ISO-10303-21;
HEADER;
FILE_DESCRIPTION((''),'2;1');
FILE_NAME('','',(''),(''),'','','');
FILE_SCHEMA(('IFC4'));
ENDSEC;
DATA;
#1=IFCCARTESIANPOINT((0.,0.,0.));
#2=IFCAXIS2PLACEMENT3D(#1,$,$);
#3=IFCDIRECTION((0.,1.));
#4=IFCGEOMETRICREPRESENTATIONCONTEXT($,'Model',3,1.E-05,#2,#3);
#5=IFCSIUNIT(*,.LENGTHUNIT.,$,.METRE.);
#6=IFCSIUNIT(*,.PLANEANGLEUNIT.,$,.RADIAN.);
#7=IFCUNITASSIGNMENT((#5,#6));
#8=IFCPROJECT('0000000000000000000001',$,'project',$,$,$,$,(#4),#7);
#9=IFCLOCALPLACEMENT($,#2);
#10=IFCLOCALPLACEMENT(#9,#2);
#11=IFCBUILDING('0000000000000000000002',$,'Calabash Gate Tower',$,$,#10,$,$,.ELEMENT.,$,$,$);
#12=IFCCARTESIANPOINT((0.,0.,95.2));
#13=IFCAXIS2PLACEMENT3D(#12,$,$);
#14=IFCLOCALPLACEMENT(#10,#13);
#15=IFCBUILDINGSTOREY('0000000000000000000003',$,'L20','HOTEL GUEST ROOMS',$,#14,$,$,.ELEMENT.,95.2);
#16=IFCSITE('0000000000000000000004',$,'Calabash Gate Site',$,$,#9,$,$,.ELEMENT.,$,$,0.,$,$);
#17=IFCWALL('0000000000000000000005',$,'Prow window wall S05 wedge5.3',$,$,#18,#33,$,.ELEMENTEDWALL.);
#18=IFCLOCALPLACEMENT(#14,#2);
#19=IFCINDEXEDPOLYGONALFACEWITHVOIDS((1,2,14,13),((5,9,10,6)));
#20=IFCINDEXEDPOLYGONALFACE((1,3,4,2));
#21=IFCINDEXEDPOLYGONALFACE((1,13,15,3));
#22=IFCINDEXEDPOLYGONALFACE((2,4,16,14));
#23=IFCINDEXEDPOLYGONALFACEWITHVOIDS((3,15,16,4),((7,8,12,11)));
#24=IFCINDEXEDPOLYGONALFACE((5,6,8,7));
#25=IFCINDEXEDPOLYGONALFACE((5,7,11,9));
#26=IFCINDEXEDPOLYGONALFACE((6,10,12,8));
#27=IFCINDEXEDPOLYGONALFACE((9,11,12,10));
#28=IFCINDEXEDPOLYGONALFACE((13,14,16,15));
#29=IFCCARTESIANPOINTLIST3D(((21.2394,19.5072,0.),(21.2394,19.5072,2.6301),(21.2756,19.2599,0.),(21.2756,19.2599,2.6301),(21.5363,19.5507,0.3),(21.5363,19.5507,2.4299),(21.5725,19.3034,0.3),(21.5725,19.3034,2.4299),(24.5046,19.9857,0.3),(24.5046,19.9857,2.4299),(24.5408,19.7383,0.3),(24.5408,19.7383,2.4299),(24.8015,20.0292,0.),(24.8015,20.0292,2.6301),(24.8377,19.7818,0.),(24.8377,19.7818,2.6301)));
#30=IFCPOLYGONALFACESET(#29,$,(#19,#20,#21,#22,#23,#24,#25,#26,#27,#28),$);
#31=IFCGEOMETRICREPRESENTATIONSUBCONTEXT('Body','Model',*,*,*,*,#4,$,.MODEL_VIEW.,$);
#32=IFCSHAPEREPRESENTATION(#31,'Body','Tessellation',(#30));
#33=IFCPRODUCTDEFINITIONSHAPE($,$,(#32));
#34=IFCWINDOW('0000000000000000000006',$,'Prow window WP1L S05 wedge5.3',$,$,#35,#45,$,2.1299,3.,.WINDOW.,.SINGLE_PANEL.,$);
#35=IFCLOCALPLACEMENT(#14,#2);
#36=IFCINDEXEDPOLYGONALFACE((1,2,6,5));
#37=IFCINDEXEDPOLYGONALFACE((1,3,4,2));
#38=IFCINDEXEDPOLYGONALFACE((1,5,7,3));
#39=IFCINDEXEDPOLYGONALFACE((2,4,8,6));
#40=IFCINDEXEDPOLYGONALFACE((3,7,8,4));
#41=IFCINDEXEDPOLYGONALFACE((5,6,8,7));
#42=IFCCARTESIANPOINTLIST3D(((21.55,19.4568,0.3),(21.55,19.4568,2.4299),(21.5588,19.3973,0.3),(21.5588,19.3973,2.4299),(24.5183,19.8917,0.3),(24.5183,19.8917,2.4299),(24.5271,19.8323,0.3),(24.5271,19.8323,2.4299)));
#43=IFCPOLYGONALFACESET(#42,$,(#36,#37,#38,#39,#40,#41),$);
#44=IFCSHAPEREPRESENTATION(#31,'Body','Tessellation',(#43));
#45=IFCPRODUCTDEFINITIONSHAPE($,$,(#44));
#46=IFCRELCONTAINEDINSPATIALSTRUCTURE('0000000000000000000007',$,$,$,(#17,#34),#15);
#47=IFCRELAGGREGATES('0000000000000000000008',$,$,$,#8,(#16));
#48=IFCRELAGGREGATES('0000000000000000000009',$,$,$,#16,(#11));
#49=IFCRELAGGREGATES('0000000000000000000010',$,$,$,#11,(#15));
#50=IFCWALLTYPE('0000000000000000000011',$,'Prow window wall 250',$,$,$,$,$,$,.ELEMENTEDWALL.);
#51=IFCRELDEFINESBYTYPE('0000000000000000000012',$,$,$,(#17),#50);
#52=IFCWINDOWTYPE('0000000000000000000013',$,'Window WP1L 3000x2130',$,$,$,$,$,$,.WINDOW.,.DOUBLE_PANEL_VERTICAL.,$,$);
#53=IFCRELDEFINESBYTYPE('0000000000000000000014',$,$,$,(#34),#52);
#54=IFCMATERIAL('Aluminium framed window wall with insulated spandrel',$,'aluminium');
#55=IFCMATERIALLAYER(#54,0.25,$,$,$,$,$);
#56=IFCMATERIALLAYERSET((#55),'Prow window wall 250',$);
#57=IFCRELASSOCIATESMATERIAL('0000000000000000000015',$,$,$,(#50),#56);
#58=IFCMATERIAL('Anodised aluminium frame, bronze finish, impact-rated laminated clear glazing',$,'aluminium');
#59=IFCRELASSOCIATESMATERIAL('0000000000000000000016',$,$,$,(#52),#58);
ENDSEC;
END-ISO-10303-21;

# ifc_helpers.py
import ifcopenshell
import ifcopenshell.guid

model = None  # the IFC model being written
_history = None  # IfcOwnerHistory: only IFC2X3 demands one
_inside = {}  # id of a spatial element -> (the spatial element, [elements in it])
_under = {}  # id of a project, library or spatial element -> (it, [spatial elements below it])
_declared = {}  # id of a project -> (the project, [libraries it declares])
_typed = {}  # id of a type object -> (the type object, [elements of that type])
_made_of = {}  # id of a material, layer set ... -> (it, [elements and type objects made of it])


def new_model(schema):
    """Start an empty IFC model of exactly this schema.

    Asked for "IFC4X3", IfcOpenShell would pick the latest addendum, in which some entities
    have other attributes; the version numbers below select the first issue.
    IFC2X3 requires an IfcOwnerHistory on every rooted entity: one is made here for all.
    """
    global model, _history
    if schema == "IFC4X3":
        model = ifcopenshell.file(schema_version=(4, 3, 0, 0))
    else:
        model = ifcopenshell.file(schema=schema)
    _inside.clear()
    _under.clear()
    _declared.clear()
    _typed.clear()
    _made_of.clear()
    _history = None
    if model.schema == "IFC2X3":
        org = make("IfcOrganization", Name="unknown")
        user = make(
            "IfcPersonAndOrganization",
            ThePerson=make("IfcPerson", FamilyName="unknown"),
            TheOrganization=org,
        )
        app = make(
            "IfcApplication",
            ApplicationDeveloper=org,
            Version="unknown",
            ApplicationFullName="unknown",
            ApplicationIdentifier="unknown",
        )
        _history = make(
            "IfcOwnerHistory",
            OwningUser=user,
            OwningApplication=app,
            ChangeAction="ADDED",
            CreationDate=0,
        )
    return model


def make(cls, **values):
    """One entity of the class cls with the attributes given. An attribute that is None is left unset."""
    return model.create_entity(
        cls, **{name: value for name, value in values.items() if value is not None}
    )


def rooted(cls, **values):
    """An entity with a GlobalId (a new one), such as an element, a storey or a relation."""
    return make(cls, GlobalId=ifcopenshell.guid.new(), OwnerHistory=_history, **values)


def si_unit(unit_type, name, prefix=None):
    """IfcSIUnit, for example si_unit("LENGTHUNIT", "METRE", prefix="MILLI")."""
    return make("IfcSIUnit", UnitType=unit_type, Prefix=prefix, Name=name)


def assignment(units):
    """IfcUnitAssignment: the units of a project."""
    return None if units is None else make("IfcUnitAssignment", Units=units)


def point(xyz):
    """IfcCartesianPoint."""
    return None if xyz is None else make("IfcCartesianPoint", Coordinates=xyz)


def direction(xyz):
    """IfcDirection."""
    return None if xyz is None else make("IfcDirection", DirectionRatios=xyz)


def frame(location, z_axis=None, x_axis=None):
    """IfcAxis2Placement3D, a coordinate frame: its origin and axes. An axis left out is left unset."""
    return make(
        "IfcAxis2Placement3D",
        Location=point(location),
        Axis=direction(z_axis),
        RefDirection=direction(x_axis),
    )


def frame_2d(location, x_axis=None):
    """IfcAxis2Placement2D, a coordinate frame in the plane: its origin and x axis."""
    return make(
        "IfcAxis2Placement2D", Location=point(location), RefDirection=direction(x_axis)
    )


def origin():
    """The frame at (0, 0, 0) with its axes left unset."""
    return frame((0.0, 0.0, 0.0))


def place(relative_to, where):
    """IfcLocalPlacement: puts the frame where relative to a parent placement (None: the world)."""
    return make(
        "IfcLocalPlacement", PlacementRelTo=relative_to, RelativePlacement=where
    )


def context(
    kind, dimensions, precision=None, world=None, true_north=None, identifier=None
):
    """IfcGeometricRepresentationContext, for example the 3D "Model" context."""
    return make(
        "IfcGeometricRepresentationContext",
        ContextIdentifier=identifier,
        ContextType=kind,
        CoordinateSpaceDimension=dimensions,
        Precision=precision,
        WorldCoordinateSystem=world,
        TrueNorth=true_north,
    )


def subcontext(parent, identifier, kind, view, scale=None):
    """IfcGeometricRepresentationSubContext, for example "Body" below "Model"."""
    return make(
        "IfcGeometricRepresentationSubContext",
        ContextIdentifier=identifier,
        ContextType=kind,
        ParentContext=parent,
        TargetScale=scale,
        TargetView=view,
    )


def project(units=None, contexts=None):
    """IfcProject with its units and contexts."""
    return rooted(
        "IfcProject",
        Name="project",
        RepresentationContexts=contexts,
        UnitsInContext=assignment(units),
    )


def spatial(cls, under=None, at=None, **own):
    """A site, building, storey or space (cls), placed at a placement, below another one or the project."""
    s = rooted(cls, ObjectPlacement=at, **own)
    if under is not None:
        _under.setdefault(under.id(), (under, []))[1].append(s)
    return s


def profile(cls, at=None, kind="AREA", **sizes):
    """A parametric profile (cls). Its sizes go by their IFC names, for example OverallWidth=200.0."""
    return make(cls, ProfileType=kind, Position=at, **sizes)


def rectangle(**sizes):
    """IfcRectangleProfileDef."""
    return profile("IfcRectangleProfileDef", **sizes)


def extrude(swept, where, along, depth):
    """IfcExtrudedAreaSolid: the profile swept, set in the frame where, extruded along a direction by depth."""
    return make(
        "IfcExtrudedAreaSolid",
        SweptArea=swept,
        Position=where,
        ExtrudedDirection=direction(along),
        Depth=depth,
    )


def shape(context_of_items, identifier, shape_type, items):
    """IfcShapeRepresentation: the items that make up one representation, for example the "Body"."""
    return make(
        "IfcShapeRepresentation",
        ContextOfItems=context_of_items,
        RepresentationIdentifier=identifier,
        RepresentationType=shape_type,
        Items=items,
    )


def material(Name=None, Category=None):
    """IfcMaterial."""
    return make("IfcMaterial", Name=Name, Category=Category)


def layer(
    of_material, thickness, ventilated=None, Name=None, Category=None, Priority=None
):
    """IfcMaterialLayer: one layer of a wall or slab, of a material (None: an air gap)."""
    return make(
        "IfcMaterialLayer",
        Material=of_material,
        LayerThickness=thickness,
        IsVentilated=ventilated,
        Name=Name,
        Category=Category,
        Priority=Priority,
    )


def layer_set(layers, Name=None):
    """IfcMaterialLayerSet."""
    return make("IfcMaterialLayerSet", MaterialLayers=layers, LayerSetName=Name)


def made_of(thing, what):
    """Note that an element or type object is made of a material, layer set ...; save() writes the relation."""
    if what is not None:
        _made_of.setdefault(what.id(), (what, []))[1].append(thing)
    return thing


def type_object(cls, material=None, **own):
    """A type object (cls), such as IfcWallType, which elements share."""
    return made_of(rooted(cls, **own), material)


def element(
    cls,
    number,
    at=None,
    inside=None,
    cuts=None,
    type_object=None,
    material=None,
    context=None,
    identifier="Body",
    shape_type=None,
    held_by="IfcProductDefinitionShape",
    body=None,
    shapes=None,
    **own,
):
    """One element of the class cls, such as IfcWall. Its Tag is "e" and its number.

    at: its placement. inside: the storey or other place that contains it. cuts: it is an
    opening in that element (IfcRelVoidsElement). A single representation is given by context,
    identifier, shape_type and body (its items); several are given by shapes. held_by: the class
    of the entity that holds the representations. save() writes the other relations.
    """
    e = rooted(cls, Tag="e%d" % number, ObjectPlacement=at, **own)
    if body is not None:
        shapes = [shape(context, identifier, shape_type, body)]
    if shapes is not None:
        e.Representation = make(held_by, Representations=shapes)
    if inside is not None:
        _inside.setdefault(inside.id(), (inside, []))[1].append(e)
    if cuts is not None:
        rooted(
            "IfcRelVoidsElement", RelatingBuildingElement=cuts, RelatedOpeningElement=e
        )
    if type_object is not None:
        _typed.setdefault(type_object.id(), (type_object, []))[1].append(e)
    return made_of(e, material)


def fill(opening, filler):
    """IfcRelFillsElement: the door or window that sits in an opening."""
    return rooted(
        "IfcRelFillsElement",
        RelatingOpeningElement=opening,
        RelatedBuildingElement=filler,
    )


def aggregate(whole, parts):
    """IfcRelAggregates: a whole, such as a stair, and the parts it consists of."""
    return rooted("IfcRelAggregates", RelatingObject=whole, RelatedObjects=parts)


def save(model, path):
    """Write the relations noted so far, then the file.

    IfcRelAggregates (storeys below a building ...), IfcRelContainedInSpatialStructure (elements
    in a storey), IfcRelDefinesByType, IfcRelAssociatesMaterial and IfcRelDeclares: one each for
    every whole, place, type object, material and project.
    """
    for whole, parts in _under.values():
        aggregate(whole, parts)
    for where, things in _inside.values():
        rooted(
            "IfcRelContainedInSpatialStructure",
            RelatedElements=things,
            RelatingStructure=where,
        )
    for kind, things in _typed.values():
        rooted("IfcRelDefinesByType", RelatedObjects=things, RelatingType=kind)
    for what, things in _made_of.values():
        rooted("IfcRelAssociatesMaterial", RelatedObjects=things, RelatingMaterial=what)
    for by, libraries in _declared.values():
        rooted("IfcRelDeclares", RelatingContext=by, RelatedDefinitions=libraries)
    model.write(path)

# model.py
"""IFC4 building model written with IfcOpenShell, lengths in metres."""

from ifc_helpers import new_model, si_unit, direction, frame, frame_2d, origin, place, context, subcontext, project, spatial, rectangle, extrude, material, layer, layer_set, type_object, element, fill, save


model = new_model("IFC4")

# Units and contexts
model_context = context("Model", 3, precision=1e-05, world=origin(), true_north=direction((0.0, 1.0)))
body_context = subcontext(model_context, "Body", "Model", "MODEL_VIEW")
ifc_project = project(units=[si_unit("LENGTHUNIT", "METRE"), si_unit("PLANEANGLEUNIT", "RADIAN")], contexts=[model_context])

# Site, building, storey
site_placement = place(None, origin())
site = spatial("IfcSite", under=ifc_project, at=site_placement, Name="Calabash Gate Site", CompositionType="ELEMENT", RefElevation=0.0)
building_placement = place(site_placement, origin())
building = spatial("IfcBuilding", under=site, at=building_placement, Name="Calabash Gate Tower", CompositionType="ELEMENT")
storey_placement = place(building_placement, frame((0.0, 0.0, 95.2)))
storey = spatial("IfcBuildingStorey", under=building, at=storey_placement, Name="L20", Description="HOTEL GUEST ROOMS", CompositionType="ELEMENT", Elevation=95.2)

# Wall, opening, window
ifc_material_1 = material(Name="Aluminium framed window wall with insulated spandrel", Category="aluminium")
ifc_layer_1 = layer(ifc_material_1, 0.25)
ifc_layer_set_1 = layer_set([ifc_layer_1], Name="Prow window wall 250")
wall_type_1 = type_object("IfcWallType", Name="Prow window wall 250", PredefinedType="ELEMENTEDWALL", material=ifc_layer_set_1)
wall_1_placement = place(storey_placement, frame((24.8196, 19.9055, 0.0), z_axis=(0.0, 0.0, 1.0), x_axis=(-0.989433, -0.14499, 0.0)))
wall_1 = element("IfcWall", 1, at=wall_1_placement, inside=storey, type_object=wall_type_1, Name="Prow window wall S05 wedge5.3", PredefinedType="ELEMENTEDWALL", context=body_context, shape_type="SweptSolid", body=[
    extrude(rectangle(XDim=3.6001, YDim=0.25, at=frame_2d((1.8, 0.0))), origin(), (0.0, 0.0, 1.0), 2.6301),
])
opening_1_placement = place(wall_1_placement, frame((0.3, 0.0, 0.3)))
opening_1 = element("IfcOpeningElement", 2, at=opening_1_placement, cuts=wall_1, PredefinedType="OPENING", context=body_context, shape_type="SweptSolid", body=[
    extrude(rectangle(XDim=3.0, YDim=2.1299, at=frame_2d((1.5, 1.0649))), frame((0.0, 0.135, 0.0), z_axis=(0.0, -1.0, 0.0), x_axis=(1.0, 0.0, 0.0)), (0.0, 0.0, 1.0), 0.27),
])
ifc_material_2 = material(Name="Anodised aluminium frame, bronze finish, impact-rated laminated clear glazing", Category="aluminium")
window_type = type_object("IfcWindowType", Name="Window WP1L 3000x2130", PartitioningType="DOUBLE_PANEL_VERTICAL", PredefinedType="WINDOW", material=ifc_material_2)
window_placement = place(opening_1_placement, origin())
window = element("IfcWindow", 3, at=window_placement, inside=storey, type_object=window_type, Name="Prow window WP1L S05 wedge5.3", OverallHeight=2.1299, OverallWidth=3.0, PartitioningType="SINGLE_PANEL", PredefinedType="WINDOW", context=body_context, shape_type="SweptSolid", body=[
    extrude(rectangle(XDim=3.0, YDim=2.1299, at=frame_2d((1.5, 1.0649))), frame((0.0, 0.03, 0.0), z_axis=(0.0, -1.0, 0.0), x_axis=(1.0, 0.0, 0.0)), (0.0, 0.0, 1.0), 0.0601),
])
fill(opening_1, window)

save(model, "model.ifc")
